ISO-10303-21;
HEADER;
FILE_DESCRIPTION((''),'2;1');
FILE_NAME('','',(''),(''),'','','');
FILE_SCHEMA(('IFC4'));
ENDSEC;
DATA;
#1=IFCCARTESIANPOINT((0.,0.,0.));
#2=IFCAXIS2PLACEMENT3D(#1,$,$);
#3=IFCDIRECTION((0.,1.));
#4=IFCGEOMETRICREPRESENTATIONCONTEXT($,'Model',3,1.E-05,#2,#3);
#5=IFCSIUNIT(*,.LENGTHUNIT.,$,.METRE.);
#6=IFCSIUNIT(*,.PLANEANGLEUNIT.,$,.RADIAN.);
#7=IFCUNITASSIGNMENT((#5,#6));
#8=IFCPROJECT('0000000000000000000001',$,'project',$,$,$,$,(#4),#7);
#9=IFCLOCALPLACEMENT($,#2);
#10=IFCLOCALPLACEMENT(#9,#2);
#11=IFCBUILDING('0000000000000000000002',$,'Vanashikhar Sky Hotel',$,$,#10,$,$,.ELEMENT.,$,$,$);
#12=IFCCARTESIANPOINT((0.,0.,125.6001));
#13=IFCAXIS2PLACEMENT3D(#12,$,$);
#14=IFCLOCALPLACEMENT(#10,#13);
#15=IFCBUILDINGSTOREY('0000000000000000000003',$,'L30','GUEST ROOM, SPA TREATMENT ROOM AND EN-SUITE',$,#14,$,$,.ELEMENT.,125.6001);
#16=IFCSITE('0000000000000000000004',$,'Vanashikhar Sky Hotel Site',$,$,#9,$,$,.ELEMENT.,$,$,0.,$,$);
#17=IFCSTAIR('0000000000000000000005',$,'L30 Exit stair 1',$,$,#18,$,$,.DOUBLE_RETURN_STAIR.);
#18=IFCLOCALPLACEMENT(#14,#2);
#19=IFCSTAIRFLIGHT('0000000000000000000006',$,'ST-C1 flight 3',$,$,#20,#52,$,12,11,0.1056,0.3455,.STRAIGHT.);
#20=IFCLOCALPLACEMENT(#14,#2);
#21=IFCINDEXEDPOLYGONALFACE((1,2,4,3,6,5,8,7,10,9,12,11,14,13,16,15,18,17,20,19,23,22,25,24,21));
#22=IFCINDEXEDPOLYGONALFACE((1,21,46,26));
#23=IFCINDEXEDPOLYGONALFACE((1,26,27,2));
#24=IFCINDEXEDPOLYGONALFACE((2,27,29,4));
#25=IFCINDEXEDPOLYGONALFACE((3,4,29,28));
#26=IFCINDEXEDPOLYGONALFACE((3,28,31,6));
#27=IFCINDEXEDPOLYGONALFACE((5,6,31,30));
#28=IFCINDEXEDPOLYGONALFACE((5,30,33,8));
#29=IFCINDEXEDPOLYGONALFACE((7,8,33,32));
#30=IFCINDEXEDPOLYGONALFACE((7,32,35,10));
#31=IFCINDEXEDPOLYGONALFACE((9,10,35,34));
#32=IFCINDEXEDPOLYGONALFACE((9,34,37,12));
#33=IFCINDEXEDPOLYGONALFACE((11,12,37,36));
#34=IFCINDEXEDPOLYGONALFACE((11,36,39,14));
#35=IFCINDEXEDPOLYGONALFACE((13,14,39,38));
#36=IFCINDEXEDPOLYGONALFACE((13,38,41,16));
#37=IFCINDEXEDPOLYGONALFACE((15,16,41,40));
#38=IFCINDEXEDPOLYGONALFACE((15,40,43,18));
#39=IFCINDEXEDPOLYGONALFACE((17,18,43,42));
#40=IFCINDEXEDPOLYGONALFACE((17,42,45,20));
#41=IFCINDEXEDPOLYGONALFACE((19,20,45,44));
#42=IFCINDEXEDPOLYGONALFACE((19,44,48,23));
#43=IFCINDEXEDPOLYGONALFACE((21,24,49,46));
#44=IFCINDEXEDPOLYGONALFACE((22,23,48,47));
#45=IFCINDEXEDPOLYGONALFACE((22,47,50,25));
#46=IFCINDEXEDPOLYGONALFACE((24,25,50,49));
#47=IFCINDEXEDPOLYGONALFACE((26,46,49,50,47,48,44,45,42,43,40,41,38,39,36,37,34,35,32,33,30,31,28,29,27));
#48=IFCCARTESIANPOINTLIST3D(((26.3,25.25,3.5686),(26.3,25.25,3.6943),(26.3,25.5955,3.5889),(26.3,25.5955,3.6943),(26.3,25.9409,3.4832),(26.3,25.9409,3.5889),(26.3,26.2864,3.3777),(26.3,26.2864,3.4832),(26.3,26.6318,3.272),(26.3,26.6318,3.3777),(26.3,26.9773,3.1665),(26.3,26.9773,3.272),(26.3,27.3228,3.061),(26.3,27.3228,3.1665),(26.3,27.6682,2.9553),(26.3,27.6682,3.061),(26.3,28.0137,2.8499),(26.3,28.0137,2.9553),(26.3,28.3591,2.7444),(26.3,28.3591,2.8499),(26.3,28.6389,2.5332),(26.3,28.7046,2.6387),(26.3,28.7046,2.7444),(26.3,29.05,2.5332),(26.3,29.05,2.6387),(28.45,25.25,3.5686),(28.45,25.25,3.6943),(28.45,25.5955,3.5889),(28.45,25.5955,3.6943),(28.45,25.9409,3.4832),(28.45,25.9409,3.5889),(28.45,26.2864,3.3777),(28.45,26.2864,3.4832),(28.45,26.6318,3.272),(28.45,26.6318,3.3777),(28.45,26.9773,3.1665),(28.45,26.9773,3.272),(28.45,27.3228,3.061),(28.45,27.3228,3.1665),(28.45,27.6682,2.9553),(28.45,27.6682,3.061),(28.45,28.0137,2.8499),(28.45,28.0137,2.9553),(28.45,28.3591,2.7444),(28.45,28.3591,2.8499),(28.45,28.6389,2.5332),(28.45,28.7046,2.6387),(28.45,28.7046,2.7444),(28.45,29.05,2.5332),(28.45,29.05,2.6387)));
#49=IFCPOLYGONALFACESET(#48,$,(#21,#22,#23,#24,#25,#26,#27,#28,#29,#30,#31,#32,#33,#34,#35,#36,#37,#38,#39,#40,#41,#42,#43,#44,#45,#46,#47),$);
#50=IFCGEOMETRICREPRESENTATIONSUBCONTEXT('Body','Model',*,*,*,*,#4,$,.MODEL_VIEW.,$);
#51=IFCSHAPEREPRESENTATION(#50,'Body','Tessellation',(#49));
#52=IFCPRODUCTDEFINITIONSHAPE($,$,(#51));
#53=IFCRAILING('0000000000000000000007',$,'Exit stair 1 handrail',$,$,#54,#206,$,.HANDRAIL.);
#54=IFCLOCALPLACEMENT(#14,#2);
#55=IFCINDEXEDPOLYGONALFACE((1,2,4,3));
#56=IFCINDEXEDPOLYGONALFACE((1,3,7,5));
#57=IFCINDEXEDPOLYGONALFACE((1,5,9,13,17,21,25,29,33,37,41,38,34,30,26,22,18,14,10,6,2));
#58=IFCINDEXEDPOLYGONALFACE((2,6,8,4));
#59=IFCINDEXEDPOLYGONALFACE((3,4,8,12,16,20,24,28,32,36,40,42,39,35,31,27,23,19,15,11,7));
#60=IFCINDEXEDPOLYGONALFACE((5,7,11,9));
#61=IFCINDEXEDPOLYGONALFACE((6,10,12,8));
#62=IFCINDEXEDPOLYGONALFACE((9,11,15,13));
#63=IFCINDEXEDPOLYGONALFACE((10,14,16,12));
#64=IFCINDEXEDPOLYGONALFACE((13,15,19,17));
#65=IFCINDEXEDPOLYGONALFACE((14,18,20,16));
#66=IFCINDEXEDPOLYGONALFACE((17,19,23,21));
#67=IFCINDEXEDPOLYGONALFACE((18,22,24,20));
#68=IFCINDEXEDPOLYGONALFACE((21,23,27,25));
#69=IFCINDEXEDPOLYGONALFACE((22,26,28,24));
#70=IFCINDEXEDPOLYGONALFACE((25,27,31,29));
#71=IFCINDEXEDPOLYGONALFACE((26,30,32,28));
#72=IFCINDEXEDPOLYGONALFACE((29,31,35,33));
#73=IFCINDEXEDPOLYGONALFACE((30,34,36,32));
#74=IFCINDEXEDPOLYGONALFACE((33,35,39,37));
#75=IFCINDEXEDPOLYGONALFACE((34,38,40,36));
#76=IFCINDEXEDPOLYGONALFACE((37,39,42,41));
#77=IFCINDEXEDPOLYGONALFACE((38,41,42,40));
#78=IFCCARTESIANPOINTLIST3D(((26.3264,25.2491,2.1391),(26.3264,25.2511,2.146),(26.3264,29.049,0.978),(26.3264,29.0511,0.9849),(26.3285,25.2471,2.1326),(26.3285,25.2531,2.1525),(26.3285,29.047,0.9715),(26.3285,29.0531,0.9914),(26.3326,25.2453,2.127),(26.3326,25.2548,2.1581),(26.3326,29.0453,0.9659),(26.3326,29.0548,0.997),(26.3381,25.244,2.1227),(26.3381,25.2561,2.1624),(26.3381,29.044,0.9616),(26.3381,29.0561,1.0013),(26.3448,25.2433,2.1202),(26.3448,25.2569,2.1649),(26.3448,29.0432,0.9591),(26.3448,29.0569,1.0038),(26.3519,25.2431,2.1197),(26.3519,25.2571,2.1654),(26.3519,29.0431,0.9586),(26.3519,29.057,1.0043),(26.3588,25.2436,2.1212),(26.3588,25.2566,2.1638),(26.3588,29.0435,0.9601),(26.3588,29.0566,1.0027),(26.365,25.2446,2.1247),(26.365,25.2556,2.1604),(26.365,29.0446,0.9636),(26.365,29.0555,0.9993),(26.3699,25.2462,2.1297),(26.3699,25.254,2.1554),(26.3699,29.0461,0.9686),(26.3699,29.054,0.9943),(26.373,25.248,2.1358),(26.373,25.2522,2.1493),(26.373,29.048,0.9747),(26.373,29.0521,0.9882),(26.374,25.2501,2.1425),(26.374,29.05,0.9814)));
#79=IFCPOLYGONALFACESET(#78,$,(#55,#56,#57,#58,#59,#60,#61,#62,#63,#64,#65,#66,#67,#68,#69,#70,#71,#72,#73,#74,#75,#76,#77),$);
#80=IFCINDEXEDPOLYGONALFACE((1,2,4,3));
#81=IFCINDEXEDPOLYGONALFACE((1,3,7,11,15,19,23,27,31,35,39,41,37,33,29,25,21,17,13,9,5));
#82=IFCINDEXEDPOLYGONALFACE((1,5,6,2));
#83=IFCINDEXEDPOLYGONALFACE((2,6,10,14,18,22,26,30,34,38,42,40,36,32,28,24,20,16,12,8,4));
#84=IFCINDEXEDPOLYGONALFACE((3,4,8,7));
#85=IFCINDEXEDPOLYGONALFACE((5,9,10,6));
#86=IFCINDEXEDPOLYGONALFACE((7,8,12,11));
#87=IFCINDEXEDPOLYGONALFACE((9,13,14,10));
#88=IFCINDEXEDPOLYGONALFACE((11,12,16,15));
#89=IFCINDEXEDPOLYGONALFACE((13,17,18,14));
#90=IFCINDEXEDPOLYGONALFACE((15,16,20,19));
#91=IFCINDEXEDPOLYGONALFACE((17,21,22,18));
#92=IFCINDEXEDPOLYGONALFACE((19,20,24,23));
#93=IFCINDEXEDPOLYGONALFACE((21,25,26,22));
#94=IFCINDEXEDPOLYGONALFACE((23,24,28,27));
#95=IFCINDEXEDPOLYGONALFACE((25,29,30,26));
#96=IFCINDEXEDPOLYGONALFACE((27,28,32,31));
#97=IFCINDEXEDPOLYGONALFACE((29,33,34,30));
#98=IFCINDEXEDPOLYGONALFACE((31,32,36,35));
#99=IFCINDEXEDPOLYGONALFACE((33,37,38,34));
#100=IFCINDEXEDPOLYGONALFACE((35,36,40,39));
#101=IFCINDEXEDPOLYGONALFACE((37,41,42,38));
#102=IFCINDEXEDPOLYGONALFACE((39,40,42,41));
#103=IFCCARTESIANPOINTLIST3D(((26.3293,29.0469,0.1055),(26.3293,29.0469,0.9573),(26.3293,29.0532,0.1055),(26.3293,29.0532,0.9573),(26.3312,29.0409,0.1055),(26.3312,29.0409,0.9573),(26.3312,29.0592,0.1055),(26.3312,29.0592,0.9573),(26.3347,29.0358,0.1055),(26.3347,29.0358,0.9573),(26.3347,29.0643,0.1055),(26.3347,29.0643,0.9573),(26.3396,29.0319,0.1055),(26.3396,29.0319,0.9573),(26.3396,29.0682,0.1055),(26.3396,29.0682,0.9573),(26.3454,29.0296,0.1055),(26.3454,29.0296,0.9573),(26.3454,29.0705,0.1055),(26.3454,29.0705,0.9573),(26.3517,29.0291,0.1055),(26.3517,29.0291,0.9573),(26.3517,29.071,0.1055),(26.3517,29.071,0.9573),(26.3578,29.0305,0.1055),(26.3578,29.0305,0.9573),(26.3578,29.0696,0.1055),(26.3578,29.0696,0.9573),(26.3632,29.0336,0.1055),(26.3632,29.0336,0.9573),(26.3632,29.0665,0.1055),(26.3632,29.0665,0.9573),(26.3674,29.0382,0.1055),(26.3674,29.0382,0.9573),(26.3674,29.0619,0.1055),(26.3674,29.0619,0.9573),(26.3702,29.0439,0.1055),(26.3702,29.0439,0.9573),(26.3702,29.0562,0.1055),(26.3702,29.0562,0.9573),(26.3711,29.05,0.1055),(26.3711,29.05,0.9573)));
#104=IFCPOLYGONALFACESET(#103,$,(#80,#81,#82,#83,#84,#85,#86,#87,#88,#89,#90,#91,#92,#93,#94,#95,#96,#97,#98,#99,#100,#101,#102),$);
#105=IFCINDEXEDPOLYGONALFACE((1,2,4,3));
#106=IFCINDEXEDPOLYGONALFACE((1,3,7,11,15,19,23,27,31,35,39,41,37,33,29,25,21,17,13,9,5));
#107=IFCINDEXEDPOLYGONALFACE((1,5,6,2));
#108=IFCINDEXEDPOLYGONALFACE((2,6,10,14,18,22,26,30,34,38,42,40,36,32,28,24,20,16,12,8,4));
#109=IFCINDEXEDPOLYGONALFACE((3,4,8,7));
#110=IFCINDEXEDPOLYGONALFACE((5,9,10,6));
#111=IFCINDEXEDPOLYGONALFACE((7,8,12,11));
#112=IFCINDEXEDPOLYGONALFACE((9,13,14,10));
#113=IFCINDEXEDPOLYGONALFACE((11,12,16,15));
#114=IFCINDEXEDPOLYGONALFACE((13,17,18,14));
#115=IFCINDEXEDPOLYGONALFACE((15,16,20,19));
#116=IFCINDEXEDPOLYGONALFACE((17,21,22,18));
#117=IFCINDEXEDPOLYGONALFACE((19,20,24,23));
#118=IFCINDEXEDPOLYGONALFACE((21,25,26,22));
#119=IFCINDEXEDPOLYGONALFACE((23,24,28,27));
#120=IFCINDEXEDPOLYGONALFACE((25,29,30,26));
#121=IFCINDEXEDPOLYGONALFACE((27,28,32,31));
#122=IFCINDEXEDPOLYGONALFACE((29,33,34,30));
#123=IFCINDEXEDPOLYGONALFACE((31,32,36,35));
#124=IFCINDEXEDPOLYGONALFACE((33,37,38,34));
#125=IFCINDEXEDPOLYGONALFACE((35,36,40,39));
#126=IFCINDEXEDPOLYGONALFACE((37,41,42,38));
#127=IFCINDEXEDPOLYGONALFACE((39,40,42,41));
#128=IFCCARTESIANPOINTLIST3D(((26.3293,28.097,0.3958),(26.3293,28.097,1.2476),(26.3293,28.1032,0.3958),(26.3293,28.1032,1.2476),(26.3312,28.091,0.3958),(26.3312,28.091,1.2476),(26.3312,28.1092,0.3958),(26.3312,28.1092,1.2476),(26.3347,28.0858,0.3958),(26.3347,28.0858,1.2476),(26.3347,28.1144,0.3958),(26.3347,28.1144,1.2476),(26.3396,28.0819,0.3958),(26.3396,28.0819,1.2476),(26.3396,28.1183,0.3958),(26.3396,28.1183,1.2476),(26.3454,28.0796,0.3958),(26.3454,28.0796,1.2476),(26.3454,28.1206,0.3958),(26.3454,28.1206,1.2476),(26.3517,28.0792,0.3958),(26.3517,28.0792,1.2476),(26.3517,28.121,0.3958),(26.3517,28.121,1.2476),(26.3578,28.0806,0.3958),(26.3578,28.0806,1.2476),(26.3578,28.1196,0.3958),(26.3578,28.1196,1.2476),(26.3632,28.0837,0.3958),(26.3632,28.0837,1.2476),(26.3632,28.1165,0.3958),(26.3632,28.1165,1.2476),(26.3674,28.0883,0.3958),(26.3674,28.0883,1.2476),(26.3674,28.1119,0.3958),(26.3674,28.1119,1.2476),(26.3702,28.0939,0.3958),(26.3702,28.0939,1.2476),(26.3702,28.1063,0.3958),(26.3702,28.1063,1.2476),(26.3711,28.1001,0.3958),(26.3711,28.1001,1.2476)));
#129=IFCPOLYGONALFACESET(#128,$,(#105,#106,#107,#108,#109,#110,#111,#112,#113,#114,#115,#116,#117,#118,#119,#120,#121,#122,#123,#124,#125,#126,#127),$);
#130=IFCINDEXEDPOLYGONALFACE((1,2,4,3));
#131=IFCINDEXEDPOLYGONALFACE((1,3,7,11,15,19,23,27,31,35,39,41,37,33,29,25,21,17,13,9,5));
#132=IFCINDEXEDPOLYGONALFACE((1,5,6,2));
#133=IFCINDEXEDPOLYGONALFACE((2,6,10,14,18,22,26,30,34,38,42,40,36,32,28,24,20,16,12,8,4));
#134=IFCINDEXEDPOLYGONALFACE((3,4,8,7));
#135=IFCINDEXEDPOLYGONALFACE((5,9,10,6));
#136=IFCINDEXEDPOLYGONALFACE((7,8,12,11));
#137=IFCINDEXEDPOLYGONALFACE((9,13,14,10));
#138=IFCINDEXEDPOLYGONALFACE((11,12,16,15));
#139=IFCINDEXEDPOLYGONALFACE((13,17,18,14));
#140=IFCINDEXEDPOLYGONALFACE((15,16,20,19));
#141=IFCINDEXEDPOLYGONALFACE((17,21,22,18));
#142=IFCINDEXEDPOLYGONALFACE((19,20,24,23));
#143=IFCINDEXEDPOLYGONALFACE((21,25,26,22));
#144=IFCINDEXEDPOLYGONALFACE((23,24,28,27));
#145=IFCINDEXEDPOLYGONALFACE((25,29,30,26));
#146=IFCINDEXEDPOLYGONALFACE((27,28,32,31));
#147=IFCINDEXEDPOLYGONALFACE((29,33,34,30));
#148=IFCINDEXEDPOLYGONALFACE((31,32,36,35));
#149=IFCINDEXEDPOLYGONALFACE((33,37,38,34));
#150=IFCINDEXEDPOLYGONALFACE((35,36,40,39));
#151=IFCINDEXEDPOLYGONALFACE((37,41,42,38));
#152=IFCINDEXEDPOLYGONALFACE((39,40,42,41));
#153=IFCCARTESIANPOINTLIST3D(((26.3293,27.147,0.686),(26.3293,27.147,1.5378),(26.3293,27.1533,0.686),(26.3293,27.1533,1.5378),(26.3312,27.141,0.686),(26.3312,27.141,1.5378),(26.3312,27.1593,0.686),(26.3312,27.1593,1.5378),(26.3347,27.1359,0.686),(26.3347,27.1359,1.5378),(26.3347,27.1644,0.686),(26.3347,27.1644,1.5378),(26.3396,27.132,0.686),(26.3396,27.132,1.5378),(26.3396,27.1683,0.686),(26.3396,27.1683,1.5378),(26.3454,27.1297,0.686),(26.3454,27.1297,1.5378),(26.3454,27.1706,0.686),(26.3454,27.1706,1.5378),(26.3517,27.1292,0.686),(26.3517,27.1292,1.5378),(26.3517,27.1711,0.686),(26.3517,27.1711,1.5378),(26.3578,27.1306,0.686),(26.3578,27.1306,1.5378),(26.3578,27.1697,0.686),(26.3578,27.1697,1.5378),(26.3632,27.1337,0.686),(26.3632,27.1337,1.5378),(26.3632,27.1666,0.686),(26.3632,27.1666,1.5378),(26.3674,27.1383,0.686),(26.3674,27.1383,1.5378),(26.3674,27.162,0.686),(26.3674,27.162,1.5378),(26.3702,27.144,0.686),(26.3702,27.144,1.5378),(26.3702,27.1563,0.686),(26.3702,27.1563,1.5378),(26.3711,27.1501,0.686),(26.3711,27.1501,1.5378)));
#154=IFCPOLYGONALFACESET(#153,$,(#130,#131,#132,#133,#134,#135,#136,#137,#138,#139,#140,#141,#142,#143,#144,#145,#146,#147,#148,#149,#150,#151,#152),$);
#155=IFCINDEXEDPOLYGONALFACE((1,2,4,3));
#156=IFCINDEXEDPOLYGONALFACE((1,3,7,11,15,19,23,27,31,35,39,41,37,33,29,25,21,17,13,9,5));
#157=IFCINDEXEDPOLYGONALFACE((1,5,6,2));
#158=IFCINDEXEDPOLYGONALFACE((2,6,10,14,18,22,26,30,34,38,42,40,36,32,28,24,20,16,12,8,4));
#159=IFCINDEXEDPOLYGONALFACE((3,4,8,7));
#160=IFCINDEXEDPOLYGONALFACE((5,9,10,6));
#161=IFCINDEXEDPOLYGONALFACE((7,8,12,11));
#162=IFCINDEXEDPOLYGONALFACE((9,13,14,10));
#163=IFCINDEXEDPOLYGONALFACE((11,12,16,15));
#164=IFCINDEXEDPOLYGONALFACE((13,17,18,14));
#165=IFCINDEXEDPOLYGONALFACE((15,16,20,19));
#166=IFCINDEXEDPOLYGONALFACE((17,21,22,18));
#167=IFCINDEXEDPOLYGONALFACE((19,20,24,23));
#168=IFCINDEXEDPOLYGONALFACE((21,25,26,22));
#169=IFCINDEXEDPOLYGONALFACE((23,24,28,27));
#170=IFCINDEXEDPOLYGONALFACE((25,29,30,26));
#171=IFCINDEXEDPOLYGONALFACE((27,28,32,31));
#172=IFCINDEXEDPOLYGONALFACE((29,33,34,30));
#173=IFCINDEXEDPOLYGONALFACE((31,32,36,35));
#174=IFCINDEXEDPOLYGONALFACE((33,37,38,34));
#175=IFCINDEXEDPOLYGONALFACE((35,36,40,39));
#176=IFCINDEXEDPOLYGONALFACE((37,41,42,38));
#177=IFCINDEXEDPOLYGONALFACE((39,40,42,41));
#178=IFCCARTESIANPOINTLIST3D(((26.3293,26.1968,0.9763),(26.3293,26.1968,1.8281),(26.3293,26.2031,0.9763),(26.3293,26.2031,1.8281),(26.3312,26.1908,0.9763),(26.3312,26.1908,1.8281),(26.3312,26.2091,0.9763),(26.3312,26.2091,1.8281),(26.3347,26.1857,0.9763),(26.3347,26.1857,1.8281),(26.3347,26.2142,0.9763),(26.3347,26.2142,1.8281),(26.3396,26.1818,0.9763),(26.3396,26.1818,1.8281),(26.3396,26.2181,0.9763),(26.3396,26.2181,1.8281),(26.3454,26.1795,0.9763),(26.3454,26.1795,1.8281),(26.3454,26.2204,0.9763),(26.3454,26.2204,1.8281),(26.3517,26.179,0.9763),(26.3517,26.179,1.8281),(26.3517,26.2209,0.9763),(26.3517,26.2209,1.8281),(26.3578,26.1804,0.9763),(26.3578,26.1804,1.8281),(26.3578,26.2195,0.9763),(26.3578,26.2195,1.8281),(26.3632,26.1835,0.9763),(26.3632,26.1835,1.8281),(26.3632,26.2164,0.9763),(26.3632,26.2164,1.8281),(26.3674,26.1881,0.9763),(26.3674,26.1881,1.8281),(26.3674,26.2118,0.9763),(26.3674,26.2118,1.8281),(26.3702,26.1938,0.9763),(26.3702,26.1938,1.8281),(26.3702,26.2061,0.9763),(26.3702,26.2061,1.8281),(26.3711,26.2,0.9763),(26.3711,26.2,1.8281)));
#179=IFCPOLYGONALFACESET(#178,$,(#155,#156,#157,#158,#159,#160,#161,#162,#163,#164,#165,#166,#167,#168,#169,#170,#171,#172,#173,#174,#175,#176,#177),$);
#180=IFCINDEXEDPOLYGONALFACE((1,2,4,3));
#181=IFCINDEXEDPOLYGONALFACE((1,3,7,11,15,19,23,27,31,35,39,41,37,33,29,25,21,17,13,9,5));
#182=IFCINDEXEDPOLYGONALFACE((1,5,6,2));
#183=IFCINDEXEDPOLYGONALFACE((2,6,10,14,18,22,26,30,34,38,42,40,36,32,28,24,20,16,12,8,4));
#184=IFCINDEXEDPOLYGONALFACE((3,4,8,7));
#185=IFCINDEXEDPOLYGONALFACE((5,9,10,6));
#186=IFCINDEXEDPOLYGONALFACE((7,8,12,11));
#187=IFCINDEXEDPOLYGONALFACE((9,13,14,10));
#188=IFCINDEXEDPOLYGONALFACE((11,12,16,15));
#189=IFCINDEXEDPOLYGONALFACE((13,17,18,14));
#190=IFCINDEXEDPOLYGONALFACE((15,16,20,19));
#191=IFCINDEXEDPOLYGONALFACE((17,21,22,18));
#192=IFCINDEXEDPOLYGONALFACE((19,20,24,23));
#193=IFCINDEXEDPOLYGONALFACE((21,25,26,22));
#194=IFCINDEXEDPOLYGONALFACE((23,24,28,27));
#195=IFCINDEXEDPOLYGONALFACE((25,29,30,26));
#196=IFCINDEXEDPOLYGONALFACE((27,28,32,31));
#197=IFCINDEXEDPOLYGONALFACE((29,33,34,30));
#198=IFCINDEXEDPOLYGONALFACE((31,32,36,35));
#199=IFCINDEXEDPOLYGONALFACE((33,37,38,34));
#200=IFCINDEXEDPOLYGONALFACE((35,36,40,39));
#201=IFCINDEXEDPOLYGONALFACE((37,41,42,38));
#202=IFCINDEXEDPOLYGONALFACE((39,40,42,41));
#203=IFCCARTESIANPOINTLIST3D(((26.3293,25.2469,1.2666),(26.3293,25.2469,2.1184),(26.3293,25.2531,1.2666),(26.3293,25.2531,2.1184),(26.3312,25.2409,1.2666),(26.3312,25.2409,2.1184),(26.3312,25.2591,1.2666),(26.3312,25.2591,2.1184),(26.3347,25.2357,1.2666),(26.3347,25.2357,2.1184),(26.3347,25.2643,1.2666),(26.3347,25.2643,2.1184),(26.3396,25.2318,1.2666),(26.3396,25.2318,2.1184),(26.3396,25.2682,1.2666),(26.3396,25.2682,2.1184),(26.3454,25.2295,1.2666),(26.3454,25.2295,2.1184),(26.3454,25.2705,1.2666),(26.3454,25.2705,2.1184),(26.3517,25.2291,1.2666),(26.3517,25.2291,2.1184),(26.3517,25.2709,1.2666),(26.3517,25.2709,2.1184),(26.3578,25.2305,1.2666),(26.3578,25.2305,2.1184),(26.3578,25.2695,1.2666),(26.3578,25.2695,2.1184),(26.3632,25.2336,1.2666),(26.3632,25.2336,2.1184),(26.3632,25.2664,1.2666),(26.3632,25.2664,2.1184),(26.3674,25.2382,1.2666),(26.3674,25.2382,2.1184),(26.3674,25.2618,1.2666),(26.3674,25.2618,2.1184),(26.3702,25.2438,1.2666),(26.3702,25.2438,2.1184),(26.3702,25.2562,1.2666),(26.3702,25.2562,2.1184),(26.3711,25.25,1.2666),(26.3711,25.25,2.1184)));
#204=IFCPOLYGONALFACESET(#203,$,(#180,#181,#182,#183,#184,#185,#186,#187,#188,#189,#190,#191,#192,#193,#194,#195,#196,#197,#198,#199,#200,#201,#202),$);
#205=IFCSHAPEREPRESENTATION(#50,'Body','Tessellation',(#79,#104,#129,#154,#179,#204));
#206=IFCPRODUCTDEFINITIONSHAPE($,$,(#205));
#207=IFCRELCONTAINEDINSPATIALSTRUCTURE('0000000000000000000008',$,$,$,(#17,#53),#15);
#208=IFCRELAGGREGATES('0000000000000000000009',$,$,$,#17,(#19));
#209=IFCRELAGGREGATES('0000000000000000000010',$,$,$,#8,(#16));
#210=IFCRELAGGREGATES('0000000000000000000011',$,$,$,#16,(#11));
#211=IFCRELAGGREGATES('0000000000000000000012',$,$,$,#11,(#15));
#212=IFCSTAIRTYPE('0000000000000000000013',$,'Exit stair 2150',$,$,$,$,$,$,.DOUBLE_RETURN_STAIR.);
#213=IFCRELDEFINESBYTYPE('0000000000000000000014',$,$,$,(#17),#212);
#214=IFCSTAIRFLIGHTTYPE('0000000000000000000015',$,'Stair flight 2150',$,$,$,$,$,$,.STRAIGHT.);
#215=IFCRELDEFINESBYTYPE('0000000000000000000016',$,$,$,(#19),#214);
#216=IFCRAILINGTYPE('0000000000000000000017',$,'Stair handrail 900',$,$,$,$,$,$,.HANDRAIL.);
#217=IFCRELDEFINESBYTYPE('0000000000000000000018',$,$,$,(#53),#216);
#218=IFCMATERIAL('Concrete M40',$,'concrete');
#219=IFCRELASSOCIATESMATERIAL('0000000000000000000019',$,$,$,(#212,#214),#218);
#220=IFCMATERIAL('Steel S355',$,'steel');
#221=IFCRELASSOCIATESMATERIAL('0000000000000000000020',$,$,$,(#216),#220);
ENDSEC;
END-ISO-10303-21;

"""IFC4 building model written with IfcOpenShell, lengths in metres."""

from ifc_helpers import new_model, si_unit, direction, frame, origin, origin_2d, place, context, subcontext, project, spatial, polyline, circle, outline, extrude, source, transform, mapped, material, type_object, element, aggregate, save


model = new_model("IFC4")

# Units and contexts
model_context = context("Model", 3, precision=1e-05, world=origin(), true_north=direction((0.0, 1.0)))
body_context = subcontext(model_context, "Body", "Model", "MODEL_VIEW")
ifc_project = project(units=[si_unit("LENGTHUNIT", "METRE"), si_unit("PLANEANGLEUNIT", "RADIAN")], contexts=[model_context])

# Site, building, storey
site_placement = place(None, origin())
site = spatial("IfcSite", under=ifc_project, at=site_placement, Name="Vanashikhar Sky Hotel Site", CompositionType="ELEMENT", RefElevation=0.0)
building_placement = place(site_placement, origin())
building = spatial("IfcBuilding", under=site, at=building_placement, Name="Vanashikhar Sky Hotel", CompositionType="ELEMENT")
storey_placement = place(building_placement, frame((0.0, 0.0, 125.6001)))
storey = spatial("IfcBuildingStorey", under=building, at=storey_placement, Name="L30", Description="GUEST ROOM, SPA TREATMENT ROOM AND EN-SUITE", CompositionType="ELEMENT", Elevation=125.6001)

# Stair, stair flight
ifc_material_1 = material(Name="Concrete M40", Category="concrete")
stair_type = type_object("IfcStairType", Name="Exit stair 2150", PredefinedType="DOUBLE_RETURN_STAIR", material=ifc_material_1)
stair_placement = place(storey_placement, origin())
stair = element("IfcStair", 1, at=stair_placement, inside=storey, type_object=stair_type, Name="L30 Exit stair 1", PredefinedType="DOUBLE_RETURN_STAIR")
stair_flight_type = type_object("IfcStairFlightType", Name="Stair flight 2150", PredefinedType="STRAIGHT", material=ifc_material_1)
shared_shape_1 = source(origin(), body_context, "Body", "SweptSolid", [
    extrude(outline(polyline([(0.0, 0.0), (0.0, 0.1055), (0.3455, 0.1055), (0.3455, 0.2112), (0.6909, 0.2112), (0.6909, 0.3167), (1.0364, 0.3167), (1.0364, 0.4221), (1.3818, 0.4221), (1.3818, 0.5278), (1.7273, 0.5278), (1.7273, 0.6333), (2.0728, 0.6333), (2.0728, 0.7388), (2.4182, 0.7388), (2.4182, 0.8445), (2.7637, 0.8445), (2.7637, 0.95), (3.1091, 0.95), (3.1091, 1.0557), (3.4546, 1.0557), (3.4546, 1.1611), (3.8, 1.1611), (3.8, 1.2666), (3.8, 1.0354), (0.4111, 0.0), (0.0, 0.0)])), frame((0.0, 1.075, 0.0), z_axis=(0.0, -1.0, 0.0), x_axis=(1.0, 0.0, 0.0)), (0.0, 0.0, 1.0), 2.1499),
])
stair_flight_1_placement = place(storey_placement, frame((27.375, 29.05, 2.5332), z_axis=(0.0, 0.0, 1.0), x_axis=(0.0, -1.0, 0.0)))
stair_flight_1 = element("IfcStairFlight", 2, at=stair_flight_1_placement, type_object=stair_flight_type, Name="ST-C1 flight 3", NumberOfRisers=12, NumberOfTreads=11, PredefinedType="STRAIGHT", RiserHeight=0.1056, TreadLength=0.3455, context=body_context, shape_type="MappedRepresentation", body=[
    mapped(shared_shape_1, transform((0.0, 0.0, 0.0), scale=1.0)),
])
aggregate(stair, [stair_flight_1])

# Railing
ifc_material_2 = material(Name="Steel S355", Category="steel")
railing_type_1 = type_object("IfcRailingType", Name="Stair handrail 900", PredefinedType="HANDRAIL", material=ifc_material_2)
shared_shape_2 = source(origin(), body_context, "Body", "SweptSolid", [
    extrude(circle(Radius=0.0239, at=origin_2d()), frame((0.0, 0.0, 0.876), z_axis=(0.0, -0.956351, 0.29222), x_axis=(1.0, 0.0, 0.0)), (0.0, 0.0, 1.0), 3.9734),
    extrude(circle(Radius=0.021, at=origin_2d()), origin(), (0.0, 0.0, 1.0), 0.8518),
    extrude(circle(Radius=0.021, at=origin_2d()), frame((0.0, -0.95, 0.2903)), (0.0, 0.0, 1.0), 0.8518),
    extrude(circle(Radius=0.021, at=origin_2d()), frame((0.0, -1.8999, 0.5806)), (0.0, 0.0, 1.0), 0.8518),
    extrude(circle(Radius=0.021, at=origin_2d()), frame((0.0, -2.8501, 0.8708)), (0.0, 0.0, 1.0), 0.8518),
    extrude(circle(Radius=0.021, at=origin_2d()), frame((0.0, -3.8, 1.1611)), (0.0, 0.0, 1.0), 0.8518),
])
for number, where, name in (
    (3, (26.3501, 29.05, 0.1055), "Exit stair 1 handrail"),
):
    element("IfcRailing", number, at=place(storey_placement, frame(where)), inside=storey, type_object=railing_type_1, Name=name, PredefinedType="HANDRAIL", context=body_context, shape_type="MappedRepresentation", body=[
        mapped(shared_shape_2, transform((0.0, 0.0, 0.0), scale=1.0)),
    ])

save(model, "model.ifc")
